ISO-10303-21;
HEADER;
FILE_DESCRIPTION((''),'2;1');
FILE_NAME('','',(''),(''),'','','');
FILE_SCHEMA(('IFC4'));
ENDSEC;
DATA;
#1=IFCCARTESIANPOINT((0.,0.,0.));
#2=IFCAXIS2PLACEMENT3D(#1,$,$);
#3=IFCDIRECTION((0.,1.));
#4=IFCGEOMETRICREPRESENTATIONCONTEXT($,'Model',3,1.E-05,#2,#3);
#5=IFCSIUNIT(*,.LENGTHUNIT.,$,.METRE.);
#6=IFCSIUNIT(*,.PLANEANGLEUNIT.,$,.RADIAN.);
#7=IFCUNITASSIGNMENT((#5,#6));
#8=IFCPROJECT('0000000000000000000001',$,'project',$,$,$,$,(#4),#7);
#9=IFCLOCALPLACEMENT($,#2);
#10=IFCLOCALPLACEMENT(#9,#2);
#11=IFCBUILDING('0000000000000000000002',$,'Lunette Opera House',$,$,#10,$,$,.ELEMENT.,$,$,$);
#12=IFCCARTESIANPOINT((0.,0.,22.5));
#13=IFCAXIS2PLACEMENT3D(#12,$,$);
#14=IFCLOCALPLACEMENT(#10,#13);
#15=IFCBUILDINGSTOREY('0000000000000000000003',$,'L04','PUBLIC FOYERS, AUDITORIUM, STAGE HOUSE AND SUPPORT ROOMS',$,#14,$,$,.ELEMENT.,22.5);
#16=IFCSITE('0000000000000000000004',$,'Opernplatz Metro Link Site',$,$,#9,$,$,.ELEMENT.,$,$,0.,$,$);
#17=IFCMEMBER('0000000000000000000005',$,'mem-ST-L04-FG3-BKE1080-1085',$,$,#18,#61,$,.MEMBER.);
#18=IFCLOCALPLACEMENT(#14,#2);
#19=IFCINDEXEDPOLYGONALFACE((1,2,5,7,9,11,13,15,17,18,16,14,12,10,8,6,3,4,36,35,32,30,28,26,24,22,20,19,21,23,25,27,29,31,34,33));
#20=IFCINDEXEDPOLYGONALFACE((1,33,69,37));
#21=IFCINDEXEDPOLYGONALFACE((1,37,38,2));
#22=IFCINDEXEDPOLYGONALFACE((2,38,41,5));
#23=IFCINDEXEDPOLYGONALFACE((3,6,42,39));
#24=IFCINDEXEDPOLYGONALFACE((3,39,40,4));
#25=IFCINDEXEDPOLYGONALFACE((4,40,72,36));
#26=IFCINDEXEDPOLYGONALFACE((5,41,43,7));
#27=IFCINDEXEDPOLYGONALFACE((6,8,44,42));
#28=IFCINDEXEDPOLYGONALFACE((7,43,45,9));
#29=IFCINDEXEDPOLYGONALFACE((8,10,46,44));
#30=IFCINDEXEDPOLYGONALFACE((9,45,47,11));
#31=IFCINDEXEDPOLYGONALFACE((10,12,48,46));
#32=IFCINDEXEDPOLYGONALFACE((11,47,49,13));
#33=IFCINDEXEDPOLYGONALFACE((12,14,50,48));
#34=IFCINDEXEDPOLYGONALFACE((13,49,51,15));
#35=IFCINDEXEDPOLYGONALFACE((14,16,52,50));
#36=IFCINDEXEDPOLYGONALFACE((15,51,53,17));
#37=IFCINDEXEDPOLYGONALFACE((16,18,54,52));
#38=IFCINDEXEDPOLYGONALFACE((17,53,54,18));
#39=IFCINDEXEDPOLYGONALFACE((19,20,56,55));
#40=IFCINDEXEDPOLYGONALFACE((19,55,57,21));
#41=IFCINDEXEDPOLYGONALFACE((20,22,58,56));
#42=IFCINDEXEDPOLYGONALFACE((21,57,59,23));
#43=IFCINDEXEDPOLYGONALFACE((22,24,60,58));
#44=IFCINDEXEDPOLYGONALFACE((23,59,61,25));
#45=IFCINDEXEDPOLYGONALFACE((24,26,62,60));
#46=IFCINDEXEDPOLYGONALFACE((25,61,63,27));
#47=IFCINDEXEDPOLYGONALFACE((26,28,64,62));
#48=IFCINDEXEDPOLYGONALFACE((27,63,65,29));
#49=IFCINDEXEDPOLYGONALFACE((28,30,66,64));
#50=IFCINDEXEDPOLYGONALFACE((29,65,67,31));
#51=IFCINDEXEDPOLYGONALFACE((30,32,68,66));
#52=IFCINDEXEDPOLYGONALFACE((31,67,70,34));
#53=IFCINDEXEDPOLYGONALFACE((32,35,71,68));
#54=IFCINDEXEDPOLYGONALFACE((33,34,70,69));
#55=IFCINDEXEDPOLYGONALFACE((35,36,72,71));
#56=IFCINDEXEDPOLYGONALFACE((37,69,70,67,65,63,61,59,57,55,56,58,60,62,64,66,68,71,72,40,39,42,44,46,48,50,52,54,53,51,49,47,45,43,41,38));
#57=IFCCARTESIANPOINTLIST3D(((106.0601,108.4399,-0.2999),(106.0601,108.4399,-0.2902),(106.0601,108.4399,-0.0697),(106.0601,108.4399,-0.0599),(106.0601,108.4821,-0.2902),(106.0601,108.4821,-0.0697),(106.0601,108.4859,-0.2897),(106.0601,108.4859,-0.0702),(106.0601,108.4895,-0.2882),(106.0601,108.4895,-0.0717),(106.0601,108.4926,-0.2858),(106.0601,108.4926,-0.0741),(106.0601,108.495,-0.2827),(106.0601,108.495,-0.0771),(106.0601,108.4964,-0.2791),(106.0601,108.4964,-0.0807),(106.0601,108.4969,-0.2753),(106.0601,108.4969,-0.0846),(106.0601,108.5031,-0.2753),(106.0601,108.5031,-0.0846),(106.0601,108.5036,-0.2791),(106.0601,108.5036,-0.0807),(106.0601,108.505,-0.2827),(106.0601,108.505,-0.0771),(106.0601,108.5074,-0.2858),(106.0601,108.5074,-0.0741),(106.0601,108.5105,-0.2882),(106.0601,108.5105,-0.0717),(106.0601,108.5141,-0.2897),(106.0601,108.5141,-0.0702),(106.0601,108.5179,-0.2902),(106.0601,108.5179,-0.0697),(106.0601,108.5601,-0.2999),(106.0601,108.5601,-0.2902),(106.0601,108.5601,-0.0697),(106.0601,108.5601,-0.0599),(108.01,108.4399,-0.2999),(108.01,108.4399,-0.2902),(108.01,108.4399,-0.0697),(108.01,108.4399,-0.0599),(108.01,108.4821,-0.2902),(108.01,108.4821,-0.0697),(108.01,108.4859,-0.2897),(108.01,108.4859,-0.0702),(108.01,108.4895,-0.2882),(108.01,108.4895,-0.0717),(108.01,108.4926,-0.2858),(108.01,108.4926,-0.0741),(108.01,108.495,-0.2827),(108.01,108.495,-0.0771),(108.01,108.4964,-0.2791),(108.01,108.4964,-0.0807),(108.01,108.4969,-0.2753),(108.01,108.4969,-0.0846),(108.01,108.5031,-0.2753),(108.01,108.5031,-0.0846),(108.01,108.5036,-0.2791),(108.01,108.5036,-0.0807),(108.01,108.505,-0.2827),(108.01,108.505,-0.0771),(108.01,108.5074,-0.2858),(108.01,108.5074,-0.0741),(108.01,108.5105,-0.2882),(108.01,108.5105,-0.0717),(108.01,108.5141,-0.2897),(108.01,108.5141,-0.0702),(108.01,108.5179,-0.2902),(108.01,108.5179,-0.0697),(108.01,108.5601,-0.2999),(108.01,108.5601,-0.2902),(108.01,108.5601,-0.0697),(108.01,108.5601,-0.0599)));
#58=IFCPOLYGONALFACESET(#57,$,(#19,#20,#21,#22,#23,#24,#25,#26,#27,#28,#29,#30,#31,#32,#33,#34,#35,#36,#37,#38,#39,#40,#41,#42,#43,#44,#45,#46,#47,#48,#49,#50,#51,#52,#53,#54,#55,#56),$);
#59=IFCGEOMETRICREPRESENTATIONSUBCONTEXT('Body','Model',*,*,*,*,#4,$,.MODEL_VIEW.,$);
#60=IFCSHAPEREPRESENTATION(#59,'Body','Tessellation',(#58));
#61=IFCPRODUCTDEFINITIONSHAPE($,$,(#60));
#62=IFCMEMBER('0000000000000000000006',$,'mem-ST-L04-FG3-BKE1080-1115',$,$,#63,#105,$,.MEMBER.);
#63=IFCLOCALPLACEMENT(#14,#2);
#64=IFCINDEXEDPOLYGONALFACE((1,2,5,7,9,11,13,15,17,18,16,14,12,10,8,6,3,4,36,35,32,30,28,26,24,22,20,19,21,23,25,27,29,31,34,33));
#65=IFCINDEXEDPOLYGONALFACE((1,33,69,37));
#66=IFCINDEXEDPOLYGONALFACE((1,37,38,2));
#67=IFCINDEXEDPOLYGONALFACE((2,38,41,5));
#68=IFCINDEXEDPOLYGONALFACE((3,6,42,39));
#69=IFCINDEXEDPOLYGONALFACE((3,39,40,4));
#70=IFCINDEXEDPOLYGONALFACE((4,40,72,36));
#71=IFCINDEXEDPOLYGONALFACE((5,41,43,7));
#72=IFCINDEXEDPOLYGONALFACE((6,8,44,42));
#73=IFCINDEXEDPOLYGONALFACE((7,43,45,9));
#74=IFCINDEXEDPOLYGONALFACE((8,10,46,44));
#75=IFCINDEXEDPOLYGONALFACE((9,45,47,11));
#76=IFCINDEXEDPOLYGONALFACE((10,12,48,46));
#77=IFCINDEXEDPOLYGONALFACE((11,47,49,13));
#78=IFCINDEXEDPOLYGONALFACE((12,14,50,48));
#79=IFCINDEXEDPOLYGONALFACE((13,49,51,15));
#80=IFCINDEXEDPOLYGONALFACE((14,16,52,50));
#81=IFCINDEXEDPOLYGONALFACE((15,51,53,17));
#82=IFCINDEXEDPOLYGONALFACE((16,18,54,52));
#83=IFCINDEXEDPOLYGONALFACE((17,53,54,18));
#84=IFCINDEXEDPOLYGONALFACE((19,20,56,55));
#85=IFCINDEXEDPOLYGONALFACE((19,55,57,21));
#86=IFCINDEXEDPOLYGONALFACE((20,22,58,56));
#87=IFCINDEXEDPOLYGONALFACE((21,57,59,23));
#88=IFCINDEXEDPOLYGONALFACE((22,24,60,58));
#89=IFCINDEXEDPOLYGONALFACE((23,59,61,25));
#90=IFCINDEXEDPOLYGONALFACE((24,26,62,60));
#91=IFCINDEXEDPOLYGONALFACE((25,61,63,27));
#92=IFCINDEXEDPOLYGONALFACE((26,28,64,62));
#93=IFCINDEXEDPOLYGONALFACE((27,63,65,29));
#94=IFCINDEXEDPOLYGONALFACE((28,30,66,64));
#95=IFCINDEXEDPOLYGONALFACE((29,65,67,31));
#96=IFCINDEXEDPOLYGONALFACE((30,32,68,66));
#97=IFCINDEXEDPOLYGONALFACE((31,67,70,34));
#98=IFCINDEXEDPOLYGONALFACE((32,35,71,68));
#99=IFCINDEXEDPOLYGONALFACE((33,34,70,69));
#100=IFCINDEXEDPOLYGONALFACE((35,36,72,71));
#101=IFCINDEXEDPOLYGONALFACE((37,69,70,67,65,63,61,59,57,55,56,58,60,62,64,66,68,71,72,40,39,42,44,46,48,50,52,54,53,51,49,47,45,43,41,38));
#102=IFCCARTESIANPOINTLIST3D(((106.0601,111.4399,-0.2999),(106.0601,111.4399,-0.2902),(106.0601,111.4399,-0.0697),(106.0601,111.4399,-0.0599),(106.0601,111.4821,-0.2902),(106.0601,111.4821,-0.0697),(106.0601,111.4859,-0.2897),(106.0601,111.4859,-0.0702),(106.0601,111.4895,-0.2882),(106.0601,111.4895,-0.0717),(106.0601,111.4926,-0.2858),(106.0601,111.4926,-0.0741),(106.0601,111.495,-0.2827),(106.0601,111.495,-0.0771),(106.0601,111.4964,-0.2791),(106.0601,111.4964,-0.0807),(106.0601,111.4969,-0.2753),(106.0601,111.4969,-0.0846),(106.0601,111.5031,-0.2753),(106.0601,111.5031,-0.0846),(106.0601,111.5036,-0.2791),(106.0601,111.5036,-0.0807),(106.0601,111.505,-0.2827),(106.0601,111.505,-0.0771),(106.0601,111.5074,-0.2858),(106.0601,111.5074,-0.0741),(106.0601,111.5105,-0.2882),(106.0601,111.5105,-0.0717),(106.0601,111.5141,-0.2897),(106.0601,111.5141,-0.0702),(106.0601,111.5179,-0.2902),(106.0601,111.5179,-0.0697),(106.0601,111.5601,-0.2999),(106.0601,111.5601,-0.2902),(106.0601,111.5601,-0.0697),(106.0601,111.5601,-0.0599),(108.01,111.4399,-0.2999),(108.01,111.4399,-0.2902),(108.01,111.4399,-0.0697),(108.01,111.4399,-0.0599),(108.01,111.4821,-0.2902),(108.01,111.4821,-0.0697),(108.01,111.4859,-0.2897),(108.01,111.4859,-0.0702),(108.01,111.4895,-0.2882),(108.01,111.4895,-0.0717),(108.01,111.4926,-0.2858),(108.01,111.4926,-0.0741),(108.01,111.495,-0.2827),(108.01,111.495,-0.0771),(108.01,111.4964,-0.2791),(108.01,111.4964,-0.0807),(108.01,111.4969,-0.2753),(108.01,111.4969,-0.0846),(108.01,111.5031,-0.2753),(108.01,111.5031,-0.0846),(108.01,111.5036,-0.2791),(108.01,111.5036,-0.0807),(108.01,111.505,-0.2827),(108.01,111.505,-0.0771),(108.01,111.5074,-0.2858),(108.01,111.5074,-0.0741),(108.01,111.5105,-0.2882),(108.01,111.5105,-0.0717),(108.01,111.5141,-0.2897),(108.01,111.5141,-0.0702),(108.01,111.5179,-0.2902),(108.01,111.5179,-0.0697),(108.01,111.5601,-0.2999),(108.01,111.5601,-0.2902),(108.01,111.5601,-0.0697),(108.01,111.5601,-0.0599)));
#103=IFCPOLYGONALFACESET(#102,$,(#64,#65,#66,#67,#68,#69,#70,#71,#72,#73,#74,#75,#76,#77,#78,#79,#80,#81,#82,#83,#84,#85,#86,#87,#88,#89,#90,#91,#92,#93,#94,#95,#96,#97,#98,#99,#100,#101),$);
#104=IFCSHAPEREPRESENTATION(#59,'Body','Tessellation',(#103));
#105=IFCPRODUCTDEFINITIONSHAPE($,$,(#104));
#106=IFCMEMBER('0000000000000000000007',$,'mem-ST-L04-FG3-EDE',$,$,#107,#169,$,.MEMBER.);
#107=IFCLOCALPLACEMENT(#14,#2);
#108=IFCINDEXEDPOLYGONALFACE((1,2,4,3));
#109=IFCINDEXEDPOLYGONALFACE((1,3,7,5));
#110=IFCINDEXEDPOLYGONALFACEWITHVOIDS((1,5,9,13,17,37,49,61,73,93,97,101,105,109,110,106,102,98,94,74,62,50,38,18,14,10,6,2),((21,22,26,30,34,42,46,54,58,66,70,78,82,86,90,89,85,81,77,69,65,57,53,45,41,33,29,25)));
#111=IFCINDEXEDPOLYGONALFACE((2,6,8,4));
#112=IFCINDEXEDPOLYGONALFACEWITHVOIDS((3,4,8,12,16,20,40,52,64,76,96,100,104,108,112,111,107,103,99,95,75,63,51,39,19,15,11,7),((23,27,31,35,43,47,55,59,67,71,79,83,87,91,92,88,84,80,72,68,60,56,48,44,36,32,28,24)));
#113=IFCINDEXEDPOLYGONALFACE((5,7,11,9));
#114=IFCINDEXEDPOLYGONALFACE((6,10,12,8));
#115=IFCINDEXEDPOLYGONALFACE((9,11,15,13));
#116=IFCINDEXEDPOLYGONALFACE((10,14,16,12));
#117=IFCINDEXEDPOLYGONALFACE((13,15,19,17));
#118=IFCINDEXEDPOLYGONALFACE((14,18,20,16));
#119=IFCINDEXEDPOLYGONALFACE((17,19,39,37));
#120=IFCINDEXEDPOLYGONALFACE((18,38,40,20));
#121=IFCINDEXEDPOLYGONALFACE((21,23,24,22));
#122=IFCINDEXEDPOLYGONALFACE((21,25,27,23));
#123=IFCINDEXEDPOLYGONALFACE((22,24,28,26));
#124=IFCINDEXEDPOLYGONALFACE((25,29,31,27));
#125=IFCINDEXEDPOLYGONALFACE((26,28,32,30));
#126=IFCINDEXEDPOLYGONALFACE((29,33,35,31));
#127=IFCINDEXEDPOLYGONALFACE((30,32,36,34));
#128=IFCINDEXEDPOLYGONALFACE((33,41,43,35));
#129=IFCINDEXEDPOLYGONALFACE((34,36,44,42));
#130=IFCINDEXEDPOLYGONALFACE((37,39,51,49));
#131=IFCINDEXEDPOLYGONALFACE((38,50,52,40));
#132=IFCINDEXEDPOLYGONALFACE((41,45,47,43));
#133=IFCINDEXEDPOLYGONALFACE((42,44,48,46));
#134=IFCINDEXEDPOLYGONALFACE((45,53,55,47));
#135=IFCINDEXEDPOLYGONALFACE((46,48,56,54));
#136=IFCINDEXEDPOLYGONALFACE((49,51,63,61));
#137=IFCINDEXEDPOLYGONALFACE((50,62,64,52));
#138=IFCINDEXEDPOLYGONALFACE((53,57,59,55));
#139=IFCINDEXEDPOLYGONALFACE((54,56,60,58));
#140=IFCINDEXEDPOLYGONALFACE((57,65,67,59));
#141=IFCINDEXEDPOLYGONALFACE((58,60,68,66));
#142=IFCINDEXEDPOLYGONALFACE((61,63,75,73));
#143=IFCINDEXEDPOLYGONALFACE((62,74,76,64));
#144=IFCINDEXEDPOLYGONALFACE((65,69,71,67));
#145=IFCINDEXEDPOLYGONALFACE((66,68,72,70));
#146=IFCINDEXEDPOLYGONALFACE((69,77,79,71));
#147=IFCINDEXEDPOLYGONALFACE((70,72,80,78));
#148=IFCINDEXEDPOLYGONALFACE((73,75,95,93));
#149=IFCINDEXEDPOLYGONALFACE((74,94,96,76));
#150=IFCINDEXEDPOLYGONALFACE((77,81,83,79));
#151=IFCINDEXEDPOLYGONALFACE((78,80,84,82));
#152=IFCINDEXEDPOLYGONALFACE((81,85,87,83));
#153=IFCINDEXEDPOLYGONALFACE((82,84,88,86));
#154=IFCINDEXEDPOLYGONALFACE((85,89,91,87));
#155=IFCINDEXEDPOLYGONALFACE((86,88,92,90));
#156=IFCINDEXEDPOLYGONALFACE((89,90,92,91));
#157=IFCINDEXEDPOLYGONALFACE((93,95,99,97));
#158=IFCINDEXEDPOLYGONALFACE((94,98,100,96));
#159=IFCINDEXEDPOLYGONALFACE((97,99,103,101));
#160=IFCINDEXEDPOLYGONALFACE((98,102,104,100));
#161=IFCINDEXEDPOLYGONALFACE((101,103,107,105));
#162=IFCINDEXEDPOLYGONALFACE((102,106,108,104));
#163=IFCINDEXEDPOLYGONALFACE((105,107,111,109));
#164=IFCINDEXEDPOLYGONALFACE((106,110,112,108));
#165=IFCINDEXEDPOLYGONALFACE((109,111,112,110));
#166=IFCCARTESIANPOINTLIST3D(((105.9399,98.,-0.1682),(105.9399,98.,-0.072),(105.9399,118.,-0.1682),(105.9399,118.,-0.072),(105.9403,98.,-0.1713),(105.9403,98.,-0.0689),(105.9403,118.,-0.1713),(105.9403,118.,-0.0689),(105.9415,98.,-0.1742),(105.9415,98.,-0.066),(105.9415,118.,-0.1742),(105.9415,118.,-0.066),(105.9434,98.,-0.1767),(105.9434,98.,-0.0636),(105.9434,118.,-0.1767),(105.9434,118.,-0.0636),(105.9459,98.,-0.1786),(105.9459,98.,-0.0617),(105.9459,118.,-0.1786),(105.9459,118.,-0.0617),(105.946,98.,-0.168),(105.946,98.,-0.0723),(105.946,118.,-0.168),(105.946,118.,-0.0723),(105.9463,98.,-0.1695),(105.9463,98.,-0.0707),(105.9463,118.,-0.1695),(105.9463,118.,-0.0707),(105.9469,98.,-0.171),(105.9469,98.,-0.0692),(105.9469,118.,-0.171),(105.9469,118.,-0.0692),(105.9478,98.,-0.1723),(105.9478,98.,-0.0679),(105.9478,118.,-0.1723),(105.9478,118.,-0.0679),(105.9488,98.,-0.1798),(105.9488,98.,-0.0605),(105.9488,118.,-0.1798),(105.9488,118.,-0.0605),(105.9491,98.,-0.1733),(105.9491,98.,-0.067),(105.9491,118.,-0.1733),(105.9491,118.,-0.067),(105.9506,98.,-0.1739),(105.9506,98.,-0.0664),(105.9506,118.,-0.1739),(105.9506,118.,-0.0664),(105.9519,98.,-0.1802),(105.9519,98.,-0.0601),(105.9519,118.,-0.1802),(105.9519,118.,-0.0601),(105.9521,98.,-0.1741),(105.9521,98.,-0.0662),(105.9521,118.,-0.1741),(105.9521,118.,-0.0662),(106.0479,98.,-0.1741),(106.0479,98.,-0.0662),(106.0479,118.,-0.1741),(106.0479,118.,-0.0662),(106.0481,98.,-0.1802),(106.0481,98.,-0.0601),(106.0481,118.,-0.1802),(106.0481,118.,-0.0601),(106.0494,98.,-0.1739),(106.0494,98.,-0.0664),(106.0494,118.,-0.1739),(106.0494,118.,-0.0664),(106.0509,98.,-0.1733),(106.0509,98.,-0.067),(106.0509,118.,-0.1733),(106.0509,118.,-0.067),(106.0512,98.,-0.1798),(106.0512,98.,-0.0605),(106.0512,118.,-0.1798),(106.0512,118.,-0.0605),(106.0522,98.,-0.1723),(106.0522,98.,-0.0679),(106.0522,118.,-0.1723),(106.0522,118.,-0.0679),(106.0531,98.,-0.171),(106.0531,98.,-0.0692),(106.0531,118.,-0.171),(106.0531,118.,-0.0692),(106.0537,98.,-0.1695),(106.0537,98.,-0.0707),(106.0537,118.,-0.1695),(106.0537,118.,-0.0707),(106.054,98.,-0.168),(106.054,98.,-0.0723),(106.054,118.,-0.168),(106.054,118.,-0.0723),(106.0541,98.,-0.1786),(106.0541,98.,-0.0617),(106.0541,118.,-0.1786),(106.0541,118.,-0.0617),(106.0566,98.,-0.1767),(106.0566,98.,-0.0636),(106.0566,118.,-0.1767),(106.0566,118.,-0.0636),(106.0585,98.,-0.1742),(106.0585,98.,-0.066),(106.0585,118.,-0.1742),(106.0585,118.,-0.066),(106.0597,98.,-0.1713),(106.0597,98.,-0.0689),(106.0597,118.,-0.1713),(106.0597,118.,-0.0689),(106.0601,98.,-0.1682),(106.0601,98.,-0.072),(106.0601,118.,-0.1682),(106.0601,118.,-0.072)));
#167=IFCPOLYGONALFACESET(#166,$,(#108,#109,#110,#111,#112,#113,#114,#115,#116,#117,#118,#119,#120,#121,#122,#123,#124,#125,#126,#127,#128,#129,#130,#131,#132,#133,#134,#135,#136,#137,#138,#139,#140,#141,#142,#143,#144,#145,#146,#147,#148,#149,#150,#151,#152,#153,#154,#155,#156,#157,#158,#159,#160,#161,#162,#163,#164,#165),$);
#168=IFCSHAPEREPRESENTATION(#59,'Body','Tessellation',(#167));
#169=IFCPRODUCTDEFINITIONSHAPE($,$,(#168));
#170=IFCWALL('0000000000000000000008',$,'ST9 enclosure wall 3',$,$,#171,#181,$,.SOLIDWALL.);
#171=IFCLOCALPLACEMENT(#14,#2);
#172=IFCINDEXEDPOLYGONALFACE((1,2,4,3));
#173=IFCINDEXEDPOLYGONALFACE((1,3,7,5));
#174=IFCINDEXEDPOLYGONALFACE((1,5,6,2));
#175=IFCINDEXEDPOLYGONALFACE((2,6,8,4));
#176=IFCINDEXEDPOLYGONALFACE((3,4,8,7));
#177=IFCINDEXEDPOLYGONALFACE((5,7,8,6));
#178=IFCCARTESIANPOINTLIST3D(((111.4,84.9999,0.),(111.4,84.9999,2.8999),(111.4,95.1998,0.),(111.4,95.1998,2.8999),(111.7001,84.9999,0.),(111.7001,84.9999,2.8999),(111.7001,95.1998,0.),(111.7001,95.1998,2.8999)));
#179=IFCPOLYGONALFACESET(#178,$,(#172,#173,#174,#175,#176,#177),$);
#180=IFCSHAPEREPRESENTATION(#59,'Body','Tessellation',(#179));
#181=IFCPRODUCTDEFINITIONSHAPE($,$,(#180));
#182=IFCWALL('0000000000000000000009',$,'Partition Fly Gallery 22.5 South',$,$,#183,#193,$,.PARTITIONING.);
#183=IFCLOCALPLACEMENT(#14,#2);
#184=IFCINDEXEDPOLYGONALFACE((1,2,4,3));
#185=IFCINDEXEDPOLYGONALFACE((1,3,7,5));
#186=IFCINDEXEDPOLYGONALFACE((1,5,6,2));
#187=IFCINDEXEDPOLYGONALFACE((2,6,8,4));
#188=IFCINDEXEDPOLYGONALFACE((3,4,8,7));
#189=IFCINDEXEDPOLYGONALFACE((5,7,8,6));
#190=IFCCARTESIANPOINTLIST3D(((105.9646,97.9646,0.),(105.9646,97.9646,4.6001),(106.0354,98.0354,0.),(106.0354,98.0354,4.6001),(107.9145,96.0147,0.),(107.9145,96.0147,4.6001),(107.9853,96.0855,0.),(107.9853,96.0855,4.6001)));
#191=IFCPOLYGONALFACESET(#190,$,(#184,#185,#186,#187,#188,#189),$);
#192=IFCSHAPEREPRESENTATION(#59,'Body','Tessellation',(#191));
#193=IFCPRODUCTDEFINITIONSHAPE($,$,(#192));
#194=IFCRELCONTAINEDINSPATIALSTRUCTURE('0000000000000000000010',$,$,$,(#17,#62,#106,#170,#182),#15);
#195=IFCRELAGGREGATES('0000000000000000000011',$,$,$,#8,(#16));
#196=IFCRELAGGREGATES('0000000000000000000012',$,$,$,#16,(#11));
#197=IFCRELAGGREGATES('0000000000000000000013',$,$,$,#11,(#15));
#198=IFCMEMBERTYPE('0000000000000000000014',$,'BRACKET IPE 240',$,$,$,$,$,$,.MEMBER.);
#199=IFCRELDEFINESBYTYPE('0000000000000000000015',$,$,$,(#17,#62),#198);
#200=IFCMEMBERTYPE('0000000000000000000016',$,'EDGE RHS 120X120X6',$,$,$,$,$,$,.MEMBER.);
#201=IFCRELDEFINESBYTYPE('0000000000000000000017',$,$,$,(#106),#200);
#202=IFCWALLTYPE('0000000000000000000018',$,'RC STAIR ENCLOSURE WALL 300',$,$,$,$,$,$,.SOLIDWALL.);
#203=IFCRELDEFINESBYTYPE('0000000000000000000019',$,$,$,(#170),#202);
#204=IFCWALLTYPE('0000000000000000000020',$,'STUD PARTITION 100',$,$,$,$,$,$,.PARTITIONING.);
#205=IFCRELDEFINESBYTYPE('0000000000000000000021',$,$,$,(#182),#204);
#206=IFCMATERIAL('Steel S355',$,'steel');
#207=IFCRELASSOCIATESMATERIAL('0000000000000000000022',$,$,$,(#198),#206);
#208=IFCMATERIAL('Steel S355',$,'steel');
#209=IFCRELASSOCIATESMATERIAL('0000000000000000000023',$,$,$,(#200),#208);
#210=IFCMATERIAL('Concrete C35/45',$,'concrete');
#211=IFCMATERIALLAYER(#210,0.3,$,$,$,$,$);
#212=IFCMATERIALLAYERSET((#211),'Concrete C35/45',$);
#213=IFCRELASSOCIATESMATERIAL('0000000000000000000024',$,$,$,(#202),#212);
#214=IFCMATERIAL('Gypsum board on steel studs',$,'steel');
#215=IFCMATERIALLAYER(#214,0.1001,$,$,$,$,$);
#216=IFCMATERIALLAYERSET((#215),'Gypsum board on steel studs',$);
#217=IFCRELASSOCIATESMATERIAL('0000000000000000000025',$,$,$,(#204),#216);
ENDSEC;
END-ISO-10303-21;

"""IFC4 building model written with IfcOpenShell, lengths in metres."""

from ifc_helpers import new_model, si_unit, direction, frame, frame_2d, origin, origin_2d, place, context, subcontext, project, spatial, rectangle, hollow_rectangle, i_section, extrude, material, layer, layer_set, material_profile, profile_set, type_object, element, save


model = new_model("IFC4")

# Units and contexts
model_context = context("Model", 3, precision=1e-05, world=origin(), true_north=direction((0.0, 1.0)))
body_context = subcontext(model_context, "Body", "Model", "MODEL_VIEW")
ifc_project = project(units=[si_unit("LENGTHUNIT", "METRE"), si_unit("PLANEANGLEUNIT", "RADIAN")], contexts=[model_context])

# Site, building, storey
site_placement = place(None, origin())
site = spatial("IfcSite", under=ifc_project, at=site_placement, Name="Opernplatz Metro Link Site", CompositionType="ELEMENT", RefElevation=0.0)
building_placement = place(site_placement, origin())
building = spatial("IfcBuilding", under=site, at=building_placement, Name="Lunette Opera House", CompositionType="ELEMENT")
storey_placement = place(building_placement, frame((0.0, 0.0, 22.5)))
storey = spatial("IfcBuildingStorey", under=building, at=storey_placement, Name="L04", Description="PUBLIC FOYERS, AUDITORIUM, STAGE HOUSE AND SUPPORT ROOMS", CompositionType="ELEMENT", Elevation=22.5)

# Members
ifc_material_1 = material(Name="Steel S355", Category="steel")
ifc_material_profile_1 = material_profile(ifc_material_1, i_section(OverallWidth=0.1201, OverallDepth=0.24, WebThickness=0.0061, FlangeThickness=0.0098, FilletRadius=0.0149, at=origin_2d()), Name="IPE 240")
ifc_profile_set_1 = profile_set([ifc_material_profile_1], Name="Steel S355")
member_type_1 = type_object("IfcMemberType", Name="BRACKET IPE 240", PredefinedType="MEMBER", material=ifc_profile_set_1)
for number, where, z_axis, x_axis, name in (
    (1, (108.01, 108.5, -0.1799), (-1.0, 0.0, 0.0), (0.0, -1.0, 0.0), "mem-ST-L04-FG3-BKE1080-1085"),
    (2, (108.01, 111.5, -0.1799), (-1.0, 0.0, 0.0), (0.0, -1.0, 0.0), "mem-ST-L04-FG3-BKE1080-1115"),
):
    element("IfcMember", number, at=place(storey_placement, frame(where, z_axis=z_axis, x_axis=x_axis)), inside=storey, type_object=member_type_1, Name=name, PredefinedType="MEMBER", context=body_context, shape_type="SweptSolid", body=[
        extrude(i_section(OverallWidth=0.1201, OverallDepth=0.24, WebThickness=0.0061, FlangeThickness=0.0098, FilletRadius=0.0149, at=origin_2d()), origin(), (0.0, 0.0, 1.0), 1.95),
    ])
ifc_material_2 = material(Name="Steel S355", Category="steel")
ifc_material_profile_2 = material_profile(ifc_material_2, hollow_rectangle(XDim=0.1201, YDim=0.1201, WallThickness=0.0061, InnerFilletRadius=0.0061, OuterFilletRadius=0.012, at=origin_2d()), Name="RHS 120X120X6")
ifc_profile_set_2 = profile_set([ifc_material_profile_2], Name="Steel S355")
member_type_2 = type_object("IfcMemberType", Name="EDGE RHS 120X120X6", PredefinedType="MEMBER", material=ifc_profile_set_2)
member_placement = place(storey_placement, frame((106.0, 98.0, -0.1201), z_axis=(0.0, 1.0, 0.0), x_axis=(-1.0, 0.0, 0.0)))
element("IfcMember", 3, at=member_placement, inside=storey, type_object=member_type_2, Name="mem-ST-L04-FG3-EDE", PredefinedType="MEMBER", context=body_context, shape_type="SweptSolid", body=[
    extrude(hollow_rectangle(XDim=0.1201, YDim=0.1201, WallThickness=0.0061, InnerFilletRadius=0.0061, OuterFilletRadius=0.012, at=origin_2d()), origin(), (0.0, 0.0, 1.0), 20.0),
])

# Walls
ifc_material_3 = material(Name="Concrete C35/45", Category="concrete")
ifc_layer_1 = layer(ifc_material_3, 0.3)
ifc_layer_set_1 = layer_set([ifc_layer_1], Name="Concrete C35/45")
wall_type_1 = type_object("IfcWallType", Name="RC STAIR ENCLOSURE WALL 300", PredefinedType="SOLIDWALL", material=ifc_layer_set_1)
wall_1_placement = place(storey_placement, frame((111.55, 95.2, 0.0), z_axis=(0.0, 0.0, 1.0), x_axis=(0.0, -1.0, 0.0)))
element("IfcWall", 4, at=wall_1_placement, inside=storey, type_object=wall_type_1, Name="ST9 enclosure wall 3", PredefinedType="SOLIDWALL", context=body_context, shape_type="SweptSolid", body=[
    extrude(rectangle(XDim=10.2, YDim=0.3, at=frame_2d((5.1001, 0.0))), origin(), (0.0, 0.0, 1.0), 2.8999),
])
ifc_material_4 = material(Name="Gypsum board on steel studs", Category="steel")
ifc_layer_2 = layer(ifc_material_4, 0.1001)
ifc_layer_set_2 = layer_set([ifc_layer_2], Name="Gypsum board on steel studs")
wall_type_2 = type_object("IfcWallType", Name="STUD PARTITION 100", PredefinedType="PARTITIONING", material=ifc_layer_set_2)
wall_2_placement = place(storey_placement, frame((107.95, 96.05, 0.0), z_axis=(0.0, 0.0, 1.0), x_axis=(-0.707107, 0.707107, 0.0)))
element("IfcWall", 5, at=wall_2_placement, inside=storey, type_object=wall_type_2, Name="Partition Fly Gallery 22.5 South", PredefinedType="PARTITIONING", context=body_context, shape_type="SweptSolid", body=[
    extrude(rectangle(XDim=2.7576, YDim=0.1001, at=frame_2d((1.3789, 0.0))), origin(), (0.0, 0.0, 1.0), 4.6001),
])

save(model, "model.ifc")
